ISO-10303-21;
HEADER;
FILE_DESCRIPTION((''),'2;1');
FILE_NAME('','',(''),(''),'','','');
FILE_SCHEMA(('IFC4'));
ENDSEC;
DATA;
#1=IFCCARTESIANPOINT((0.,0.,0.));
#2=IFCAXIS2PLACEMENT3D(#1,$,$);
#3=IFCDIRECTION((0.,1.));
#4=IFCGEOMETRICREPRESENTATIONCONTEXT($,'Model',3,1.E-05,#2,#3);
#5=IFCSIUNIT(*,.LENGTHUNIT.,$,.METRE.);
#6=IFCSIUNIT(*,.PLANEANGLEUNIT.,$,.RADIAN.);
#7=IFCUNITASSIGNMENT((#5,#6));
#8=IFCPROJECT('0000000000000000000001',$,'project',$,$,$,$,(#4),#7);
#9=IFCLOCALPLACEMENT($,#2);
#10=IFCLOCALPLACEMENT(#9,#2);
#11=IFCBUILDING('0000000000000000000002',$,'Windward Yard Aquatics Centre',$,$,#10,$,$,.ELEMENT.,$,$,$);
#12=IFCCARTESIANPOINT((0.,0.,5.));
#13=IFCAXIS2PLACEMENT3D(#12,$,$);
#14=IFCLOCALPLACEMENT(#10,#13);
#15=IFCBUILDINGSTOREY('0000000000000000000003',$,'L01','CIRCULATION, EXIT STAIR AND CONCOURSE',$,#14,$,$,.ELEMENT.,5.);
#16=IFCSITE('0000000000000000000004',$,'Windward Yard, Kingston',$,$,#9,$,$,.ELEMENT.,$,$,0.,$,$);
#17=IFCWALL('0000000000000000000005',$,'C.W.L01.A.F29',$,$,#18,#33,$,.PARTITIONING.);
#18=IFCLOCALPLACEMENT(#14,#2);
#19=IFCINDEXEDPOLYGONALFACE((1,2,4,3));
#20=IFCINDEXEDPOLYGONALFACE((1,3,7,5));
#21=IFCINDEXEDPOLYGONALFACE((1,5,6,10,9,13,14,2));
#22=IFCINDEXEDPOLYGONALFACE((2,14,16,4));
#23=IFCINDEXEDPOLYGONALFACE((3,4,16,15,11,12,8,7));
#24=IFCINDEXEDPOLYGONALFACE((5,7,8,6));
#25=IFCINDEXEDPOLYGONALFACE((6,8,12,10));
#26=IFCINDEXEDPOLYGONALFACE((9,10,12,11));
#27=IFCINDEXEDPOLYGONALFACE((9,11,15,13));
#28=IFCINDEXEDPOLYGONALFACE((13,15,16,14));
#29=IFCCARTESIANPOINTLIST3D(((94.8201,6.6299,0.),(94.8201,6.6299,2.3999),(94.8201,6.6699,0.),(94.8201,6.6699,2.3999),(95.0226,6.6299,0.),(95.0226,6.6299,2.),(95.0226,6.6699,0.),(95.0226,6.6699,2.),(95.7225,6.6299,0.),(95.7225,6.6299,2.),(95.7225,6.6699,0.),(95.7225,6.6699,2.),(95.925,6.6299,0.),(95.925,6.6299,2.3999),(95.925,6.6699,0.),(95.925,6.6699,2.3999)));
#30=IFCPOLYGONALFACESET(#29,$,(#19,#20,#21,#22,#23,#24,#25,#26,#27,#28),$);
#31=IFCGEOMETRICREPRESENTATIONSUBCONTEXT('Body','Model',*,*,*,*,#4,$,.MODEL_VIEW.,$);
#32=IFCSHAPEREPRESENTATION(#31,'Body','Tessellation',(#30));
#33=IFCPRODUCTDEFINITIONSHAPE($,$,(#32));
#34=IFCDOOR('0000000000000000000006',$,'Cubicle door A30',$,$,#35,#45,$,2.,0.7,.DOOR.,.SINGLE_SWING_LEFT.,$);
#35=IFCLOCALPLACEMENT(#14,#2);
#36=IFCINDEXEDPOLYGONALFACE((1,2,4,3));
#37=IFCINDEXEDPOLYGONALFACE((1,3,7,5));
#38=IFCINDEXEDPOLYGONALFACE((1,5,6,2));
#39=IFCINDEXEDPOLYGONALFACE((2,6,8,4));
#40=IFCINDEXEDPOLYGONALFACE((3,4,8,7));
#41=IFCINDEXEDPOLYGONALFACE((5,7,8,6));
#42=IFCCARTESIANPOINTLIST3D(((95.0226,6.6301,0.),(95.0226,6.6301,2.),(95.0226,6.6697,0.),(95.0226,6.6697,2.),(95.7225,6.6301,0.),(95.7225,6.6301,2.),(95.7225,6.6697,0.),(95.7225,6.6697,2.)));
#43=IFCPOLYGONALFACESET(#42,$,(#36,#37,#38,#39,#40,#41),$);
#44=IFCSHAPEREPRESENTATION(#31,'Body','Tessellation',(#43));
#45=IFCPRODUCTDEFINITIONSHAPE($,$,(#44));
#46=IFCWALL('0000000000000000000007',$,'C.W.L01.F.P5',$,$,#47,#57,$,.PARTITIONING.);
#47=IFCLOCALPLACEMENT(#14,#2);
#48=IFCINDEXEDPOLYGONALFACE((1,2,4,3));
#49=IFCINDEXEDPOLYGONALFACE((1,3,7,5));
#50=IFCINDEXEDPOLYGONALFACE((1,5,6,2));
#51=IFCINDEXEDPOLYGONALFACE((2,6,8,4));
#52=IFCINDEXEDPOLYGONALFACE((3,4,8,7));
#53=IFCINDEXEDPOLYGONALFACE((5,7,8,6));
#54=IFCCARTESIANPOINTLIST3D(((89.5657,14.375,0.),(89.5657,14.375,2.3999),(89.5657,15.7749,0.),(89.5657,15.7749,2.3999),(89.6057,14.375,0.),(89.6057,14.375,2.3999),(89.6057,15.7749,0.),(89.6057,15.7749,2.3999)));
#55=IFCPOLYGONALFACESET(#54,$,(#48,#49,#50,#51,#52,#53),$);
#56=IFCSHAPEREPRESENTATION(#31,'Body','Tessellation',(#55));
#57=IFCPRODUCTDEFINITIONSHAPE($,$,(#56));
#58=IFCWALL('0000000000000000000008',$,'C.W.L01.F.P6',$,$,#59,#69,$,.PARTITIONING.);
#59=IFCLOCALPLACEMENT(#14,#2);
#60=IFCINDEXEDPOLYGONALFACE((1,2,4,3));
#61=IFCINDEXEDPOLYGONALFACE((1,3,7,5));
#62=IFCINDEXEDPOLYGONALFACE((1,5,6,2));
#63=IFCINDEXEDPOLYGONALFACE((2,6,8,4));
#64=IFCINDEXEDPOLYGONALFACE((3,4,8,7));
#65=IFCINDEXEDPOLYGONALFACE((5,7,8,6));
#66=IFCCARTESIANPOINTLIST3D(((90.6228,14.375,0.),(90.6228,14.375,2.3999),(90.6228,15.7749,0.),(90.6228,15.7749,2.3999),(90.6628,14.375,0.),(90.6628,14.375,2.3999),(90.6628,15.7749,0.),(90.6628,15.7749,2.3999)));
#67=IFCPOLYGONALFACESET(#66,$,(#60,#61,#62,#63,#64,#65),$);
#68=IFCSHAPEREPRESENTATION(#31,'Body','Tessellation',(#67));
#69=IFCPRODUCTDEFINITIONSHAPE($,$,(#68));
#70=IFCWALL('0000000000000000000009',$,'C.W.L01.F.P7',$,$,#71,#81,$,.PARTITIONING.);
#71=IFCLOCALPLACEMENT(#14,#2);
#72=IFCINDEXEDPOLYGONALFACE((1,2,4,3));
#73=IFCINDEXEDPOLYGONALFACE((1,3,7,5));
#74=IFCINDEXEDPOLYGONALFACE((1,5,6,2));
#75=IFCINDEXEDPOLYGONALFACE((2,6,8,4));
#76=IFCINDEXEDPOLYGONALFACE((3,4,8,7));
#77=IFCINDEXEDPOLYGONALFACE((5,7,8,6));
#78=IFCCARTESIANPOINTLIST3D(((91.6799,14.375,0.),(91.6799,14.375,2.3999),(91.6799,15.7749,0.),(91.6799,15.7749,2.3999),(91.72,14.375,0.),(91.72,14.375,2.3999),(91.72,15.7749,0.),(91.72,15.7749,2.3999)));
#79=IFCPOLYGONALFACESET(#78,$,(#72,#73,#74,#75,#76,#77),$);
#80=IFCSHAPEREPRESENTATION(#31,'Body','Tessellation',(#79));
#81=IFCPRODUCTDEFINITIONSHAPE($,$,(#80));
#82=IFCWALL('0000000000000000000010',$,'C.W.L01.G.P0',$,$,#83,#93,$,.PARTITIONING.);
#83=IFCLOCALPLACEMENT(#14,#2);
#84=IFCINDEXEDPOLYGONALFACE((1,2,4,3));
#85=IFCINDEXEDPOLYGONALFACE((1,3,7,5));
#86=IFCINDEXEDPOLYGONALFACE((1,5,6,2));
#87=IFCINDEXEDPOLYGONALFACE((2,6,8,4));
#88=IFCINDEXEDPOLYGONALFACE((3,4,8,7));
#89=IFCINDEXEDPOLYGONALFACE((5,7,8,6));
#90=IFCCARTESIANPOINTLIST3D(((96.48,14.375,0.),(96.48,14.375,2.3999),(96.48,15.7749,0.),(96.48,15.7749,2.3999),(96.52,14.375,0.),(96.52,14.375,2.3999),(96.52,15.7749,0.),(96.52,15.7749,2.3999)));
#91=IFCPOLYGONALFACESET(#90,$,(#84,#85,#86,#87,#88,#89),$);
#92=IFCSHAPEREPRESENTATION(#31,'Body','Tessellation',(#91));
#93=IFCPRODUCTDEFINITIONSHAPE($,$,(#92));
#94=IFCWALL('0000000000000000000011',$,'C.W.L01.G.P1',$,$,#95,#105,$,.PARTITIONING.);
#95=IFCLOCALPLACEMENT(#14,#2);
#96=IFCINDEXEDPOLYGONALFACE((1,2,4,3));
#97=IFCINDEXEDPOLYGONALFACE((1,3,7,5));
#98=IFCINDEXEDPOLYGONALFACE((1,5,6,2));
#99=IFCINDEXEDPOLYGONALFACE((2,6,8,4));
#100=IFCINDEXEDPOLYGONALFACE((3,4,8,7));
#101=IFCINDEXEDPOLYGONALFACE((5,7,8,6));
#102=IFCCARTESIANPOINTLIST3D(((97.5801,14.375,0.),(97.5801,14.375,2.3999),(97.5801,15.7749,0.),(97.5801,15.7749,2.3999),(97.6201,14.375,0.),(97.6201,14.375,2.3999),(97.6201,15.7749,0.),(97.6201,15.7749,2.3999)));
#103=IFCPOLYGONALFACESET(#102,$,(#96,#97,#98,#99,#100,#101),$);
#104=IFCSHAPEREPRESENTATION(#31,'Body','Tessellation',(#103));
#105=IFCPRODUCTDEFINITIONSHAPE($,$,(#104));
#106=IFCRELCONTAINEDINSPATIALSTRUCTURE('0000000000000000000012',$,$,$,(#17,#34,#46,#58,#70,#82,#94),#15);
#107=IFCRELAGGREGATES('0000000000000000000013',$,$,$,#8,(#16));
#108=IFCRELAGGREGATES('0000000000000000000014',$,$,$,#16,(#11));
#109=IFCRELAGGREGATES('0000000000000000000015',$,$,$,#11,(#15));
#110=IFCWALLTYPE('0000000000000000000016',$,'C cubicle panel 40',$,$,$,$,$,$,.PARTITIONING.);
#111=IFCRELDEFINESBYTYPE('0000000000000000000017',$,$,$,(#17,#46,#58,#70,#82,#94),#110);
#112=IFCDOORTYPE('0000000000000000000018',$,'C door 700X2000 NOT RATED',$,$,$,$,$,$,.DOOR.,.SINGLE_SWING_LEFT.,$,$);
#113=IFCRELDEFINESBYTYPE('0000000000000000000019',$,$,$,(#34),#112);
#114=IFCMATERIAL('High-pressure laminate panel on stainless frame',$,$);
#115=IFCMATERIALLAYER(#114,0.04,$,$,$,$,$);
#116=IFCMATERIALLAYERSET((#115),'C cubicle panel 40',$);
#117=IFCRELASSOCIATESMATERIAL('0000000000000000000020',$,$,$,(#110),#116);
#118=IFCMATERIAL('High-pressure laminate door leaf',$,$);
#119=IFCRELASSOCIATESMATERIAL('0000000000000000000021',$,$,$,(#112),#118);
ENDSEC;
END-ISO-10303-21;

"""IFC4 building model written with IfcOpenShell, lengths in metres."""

from ifc_helpers import new_model, si_unit, direction, frame, frame_2d, origin, place, context, subcontext, project, spatial, rectangle, extrude, material, layer, layer_set, type_object, element, fill, save


model = new_model("IFC4")

# Units and contexts
model_context = context("Model", 3, precision=1e-05, world=origin(), true_north=direction((0.0, 1.0)))
body_context = subcontext(model_context, "Body", "Model", "MODEL_VIEW")
ifc_project = project(units=[si_unit("LENGTHUNIT", "METRE"), si_unit("PLANEANGLEUNIT", "RADIAN")], contexts=[model_context])

# Site, building, storey
site_placement = place(None, origin())
site = spatial("IfcSite", under=ifc_project, at=site_placement, Name="Windward Yard, Kingston", CompositionType="ELEMENT", RefElevation=0.0)
building_placement = place(site_placement, origin())
building = spatial("IfcBuilding", under=site, at=building_placement, Name="Windward Yard Aquatics Centre", CompositionType="ELEMENT")
storey_placement = place(building_placement, frame((0.0, 0.0, 5.0)))
storey = spatial("IfcBuildingStorey", under=building, at=storey_placement, Name="L01", Description="CIRCULATION, EXIT STAIR AND CONCOURSE", CompositionType="ELEMENT", Elevation=5.0)

# Wall, opening, door
ifc_material_1 = material(Name="High-pressure laminate panel on stainless frame")
ifc_layer_1 = layer(ifc_material_1, 0.04)
ifc_layer_set_1 = layer_set([ifc_layer_1], Name="C cubicle panel 40")
wall_type_1 = type_object("IfcWallType", Name="C cubicle panel 40", PredefinedType="PARTITIONING", material=ifc_layer_set_1)
ifc_material_2 = material(Name="High-pressure laminate door leaf")
door_type_1 = type_object("IfcDoorType", Name="C door 700X2000 NOT RATED", OperationType="SINGLE_SWING_LEFT", PredefinedType="DOOR", material=ifc_material_2)
wall_1_placement = place(storey_placement, frame((94.8201, 6.6499, 0.0), z_axis=(0.0, 0.0, 1.0), x_axis=(1.0, 0.0, 0.0)))
wall_1 = element("IfcWall", 1, at=wall_1_placement, inside=storey, type_object=wall_type_1, Name="C.W.L01.A.F29", PredefinedType="PARTITIONING", context=body_context, shape_type="SweptSolid", body=[
    extrude(rectangle(XDim=1.105, YDim=0.04, at=frame_2d((0.5525, 0.0))), origin(), (0.0, 0.0, 1.0), 2.3999),
])
opening_1_placement = place(wall_1_placement, frame((0.2024, 0.0, 0.0)))
opening_1 = element("IfcOpeningElement", 2, at=opening_1_placement, cuts=wall_1, PredefinedType="OPENING", context=body_context, shape_type="SweptSolid", body=[
    extrude(rectangle(XDim=0.7, YDim=2.0, at=frame_2d((0.3501, 1.0))), frame((0.0, 0.03, 0.0), z_axis=(0.0, -1.0, 0.0), x_axis=(1.0, 0.0, 0.0)), (0.0, 0.0, 1.0), 0.0601),
])
door_1_placement = place(opening_1_placement, origin())
door_1 = element("IfcDoor", 3, at=door_1_placement, inside=storey, type_object=door_type_1, Name="Cubicle door A30", OperationType="SINGLE_SWING_LEFT", OverallHeight=2.0, OverallWidth=0.7, PredefinedType="DOOR", context=body_context, shape_type="SweptSolid", body=[
    extrude(rectangle(XDim=0.7, YDim=2.0, at=frame_2d((0.3501, 1.0))), frame((0.0, 0.0198, 0.0), z_axis=(0.0, -1.0, 0.0), x_axis=(1.0, 0.0, 0.0)), (0.0, 0.0, 1.0), 0.0396),
])
fill(opening_1, door_1)

# Walls
for number, where, z_axis, x_axis, name in (
    (4, (89.5857, 14.375, 0.0), (0.0, 0.0, 1.0), (0.0, 1.0, 0.0), "C.W.L01.F.P5"),
    (5, (90.6428, 14.375, 0.0), (0.0, 0.0, 1.0), (0.0, 1.0, 0.0), "C.W.L01.F.P6"),
    (6, (91.7, 14.375, 0.0), (0.0, 0.0, 1.0), (0.0, 1.0, 0.0), "C.W.L01.F.P7"),
    (7, (96.5, 14.375, 0.0), (0.0, 0.0, 1.0), (0.0, 1.0, 0.0), "C.W.L01.G.P0"),
    (8, (97.6001, 14.375, 0.0), (0.0, 0.0, 1.0), (0.0, 1.0, 0.0), "C.W.L01.G.P1"),
):
    element("IfcWall", number, at=place(storey_placement, frame(where, z_axis=z_axis, x_axis=x_axis)), inside=storey, type_object=wall_type_1, Name=name, PredefinedType="PARTITIONING", context=body_context, shape_type="SweptSolid", body=[
        extrude(rectangle(XDim=1.3999, YDim=0.04, at=frame_2d((0.7, 0.0))), origin(), (0.0, 0.0, 1.0), 2.3999),
    ])

save(model, "model.ifc")
